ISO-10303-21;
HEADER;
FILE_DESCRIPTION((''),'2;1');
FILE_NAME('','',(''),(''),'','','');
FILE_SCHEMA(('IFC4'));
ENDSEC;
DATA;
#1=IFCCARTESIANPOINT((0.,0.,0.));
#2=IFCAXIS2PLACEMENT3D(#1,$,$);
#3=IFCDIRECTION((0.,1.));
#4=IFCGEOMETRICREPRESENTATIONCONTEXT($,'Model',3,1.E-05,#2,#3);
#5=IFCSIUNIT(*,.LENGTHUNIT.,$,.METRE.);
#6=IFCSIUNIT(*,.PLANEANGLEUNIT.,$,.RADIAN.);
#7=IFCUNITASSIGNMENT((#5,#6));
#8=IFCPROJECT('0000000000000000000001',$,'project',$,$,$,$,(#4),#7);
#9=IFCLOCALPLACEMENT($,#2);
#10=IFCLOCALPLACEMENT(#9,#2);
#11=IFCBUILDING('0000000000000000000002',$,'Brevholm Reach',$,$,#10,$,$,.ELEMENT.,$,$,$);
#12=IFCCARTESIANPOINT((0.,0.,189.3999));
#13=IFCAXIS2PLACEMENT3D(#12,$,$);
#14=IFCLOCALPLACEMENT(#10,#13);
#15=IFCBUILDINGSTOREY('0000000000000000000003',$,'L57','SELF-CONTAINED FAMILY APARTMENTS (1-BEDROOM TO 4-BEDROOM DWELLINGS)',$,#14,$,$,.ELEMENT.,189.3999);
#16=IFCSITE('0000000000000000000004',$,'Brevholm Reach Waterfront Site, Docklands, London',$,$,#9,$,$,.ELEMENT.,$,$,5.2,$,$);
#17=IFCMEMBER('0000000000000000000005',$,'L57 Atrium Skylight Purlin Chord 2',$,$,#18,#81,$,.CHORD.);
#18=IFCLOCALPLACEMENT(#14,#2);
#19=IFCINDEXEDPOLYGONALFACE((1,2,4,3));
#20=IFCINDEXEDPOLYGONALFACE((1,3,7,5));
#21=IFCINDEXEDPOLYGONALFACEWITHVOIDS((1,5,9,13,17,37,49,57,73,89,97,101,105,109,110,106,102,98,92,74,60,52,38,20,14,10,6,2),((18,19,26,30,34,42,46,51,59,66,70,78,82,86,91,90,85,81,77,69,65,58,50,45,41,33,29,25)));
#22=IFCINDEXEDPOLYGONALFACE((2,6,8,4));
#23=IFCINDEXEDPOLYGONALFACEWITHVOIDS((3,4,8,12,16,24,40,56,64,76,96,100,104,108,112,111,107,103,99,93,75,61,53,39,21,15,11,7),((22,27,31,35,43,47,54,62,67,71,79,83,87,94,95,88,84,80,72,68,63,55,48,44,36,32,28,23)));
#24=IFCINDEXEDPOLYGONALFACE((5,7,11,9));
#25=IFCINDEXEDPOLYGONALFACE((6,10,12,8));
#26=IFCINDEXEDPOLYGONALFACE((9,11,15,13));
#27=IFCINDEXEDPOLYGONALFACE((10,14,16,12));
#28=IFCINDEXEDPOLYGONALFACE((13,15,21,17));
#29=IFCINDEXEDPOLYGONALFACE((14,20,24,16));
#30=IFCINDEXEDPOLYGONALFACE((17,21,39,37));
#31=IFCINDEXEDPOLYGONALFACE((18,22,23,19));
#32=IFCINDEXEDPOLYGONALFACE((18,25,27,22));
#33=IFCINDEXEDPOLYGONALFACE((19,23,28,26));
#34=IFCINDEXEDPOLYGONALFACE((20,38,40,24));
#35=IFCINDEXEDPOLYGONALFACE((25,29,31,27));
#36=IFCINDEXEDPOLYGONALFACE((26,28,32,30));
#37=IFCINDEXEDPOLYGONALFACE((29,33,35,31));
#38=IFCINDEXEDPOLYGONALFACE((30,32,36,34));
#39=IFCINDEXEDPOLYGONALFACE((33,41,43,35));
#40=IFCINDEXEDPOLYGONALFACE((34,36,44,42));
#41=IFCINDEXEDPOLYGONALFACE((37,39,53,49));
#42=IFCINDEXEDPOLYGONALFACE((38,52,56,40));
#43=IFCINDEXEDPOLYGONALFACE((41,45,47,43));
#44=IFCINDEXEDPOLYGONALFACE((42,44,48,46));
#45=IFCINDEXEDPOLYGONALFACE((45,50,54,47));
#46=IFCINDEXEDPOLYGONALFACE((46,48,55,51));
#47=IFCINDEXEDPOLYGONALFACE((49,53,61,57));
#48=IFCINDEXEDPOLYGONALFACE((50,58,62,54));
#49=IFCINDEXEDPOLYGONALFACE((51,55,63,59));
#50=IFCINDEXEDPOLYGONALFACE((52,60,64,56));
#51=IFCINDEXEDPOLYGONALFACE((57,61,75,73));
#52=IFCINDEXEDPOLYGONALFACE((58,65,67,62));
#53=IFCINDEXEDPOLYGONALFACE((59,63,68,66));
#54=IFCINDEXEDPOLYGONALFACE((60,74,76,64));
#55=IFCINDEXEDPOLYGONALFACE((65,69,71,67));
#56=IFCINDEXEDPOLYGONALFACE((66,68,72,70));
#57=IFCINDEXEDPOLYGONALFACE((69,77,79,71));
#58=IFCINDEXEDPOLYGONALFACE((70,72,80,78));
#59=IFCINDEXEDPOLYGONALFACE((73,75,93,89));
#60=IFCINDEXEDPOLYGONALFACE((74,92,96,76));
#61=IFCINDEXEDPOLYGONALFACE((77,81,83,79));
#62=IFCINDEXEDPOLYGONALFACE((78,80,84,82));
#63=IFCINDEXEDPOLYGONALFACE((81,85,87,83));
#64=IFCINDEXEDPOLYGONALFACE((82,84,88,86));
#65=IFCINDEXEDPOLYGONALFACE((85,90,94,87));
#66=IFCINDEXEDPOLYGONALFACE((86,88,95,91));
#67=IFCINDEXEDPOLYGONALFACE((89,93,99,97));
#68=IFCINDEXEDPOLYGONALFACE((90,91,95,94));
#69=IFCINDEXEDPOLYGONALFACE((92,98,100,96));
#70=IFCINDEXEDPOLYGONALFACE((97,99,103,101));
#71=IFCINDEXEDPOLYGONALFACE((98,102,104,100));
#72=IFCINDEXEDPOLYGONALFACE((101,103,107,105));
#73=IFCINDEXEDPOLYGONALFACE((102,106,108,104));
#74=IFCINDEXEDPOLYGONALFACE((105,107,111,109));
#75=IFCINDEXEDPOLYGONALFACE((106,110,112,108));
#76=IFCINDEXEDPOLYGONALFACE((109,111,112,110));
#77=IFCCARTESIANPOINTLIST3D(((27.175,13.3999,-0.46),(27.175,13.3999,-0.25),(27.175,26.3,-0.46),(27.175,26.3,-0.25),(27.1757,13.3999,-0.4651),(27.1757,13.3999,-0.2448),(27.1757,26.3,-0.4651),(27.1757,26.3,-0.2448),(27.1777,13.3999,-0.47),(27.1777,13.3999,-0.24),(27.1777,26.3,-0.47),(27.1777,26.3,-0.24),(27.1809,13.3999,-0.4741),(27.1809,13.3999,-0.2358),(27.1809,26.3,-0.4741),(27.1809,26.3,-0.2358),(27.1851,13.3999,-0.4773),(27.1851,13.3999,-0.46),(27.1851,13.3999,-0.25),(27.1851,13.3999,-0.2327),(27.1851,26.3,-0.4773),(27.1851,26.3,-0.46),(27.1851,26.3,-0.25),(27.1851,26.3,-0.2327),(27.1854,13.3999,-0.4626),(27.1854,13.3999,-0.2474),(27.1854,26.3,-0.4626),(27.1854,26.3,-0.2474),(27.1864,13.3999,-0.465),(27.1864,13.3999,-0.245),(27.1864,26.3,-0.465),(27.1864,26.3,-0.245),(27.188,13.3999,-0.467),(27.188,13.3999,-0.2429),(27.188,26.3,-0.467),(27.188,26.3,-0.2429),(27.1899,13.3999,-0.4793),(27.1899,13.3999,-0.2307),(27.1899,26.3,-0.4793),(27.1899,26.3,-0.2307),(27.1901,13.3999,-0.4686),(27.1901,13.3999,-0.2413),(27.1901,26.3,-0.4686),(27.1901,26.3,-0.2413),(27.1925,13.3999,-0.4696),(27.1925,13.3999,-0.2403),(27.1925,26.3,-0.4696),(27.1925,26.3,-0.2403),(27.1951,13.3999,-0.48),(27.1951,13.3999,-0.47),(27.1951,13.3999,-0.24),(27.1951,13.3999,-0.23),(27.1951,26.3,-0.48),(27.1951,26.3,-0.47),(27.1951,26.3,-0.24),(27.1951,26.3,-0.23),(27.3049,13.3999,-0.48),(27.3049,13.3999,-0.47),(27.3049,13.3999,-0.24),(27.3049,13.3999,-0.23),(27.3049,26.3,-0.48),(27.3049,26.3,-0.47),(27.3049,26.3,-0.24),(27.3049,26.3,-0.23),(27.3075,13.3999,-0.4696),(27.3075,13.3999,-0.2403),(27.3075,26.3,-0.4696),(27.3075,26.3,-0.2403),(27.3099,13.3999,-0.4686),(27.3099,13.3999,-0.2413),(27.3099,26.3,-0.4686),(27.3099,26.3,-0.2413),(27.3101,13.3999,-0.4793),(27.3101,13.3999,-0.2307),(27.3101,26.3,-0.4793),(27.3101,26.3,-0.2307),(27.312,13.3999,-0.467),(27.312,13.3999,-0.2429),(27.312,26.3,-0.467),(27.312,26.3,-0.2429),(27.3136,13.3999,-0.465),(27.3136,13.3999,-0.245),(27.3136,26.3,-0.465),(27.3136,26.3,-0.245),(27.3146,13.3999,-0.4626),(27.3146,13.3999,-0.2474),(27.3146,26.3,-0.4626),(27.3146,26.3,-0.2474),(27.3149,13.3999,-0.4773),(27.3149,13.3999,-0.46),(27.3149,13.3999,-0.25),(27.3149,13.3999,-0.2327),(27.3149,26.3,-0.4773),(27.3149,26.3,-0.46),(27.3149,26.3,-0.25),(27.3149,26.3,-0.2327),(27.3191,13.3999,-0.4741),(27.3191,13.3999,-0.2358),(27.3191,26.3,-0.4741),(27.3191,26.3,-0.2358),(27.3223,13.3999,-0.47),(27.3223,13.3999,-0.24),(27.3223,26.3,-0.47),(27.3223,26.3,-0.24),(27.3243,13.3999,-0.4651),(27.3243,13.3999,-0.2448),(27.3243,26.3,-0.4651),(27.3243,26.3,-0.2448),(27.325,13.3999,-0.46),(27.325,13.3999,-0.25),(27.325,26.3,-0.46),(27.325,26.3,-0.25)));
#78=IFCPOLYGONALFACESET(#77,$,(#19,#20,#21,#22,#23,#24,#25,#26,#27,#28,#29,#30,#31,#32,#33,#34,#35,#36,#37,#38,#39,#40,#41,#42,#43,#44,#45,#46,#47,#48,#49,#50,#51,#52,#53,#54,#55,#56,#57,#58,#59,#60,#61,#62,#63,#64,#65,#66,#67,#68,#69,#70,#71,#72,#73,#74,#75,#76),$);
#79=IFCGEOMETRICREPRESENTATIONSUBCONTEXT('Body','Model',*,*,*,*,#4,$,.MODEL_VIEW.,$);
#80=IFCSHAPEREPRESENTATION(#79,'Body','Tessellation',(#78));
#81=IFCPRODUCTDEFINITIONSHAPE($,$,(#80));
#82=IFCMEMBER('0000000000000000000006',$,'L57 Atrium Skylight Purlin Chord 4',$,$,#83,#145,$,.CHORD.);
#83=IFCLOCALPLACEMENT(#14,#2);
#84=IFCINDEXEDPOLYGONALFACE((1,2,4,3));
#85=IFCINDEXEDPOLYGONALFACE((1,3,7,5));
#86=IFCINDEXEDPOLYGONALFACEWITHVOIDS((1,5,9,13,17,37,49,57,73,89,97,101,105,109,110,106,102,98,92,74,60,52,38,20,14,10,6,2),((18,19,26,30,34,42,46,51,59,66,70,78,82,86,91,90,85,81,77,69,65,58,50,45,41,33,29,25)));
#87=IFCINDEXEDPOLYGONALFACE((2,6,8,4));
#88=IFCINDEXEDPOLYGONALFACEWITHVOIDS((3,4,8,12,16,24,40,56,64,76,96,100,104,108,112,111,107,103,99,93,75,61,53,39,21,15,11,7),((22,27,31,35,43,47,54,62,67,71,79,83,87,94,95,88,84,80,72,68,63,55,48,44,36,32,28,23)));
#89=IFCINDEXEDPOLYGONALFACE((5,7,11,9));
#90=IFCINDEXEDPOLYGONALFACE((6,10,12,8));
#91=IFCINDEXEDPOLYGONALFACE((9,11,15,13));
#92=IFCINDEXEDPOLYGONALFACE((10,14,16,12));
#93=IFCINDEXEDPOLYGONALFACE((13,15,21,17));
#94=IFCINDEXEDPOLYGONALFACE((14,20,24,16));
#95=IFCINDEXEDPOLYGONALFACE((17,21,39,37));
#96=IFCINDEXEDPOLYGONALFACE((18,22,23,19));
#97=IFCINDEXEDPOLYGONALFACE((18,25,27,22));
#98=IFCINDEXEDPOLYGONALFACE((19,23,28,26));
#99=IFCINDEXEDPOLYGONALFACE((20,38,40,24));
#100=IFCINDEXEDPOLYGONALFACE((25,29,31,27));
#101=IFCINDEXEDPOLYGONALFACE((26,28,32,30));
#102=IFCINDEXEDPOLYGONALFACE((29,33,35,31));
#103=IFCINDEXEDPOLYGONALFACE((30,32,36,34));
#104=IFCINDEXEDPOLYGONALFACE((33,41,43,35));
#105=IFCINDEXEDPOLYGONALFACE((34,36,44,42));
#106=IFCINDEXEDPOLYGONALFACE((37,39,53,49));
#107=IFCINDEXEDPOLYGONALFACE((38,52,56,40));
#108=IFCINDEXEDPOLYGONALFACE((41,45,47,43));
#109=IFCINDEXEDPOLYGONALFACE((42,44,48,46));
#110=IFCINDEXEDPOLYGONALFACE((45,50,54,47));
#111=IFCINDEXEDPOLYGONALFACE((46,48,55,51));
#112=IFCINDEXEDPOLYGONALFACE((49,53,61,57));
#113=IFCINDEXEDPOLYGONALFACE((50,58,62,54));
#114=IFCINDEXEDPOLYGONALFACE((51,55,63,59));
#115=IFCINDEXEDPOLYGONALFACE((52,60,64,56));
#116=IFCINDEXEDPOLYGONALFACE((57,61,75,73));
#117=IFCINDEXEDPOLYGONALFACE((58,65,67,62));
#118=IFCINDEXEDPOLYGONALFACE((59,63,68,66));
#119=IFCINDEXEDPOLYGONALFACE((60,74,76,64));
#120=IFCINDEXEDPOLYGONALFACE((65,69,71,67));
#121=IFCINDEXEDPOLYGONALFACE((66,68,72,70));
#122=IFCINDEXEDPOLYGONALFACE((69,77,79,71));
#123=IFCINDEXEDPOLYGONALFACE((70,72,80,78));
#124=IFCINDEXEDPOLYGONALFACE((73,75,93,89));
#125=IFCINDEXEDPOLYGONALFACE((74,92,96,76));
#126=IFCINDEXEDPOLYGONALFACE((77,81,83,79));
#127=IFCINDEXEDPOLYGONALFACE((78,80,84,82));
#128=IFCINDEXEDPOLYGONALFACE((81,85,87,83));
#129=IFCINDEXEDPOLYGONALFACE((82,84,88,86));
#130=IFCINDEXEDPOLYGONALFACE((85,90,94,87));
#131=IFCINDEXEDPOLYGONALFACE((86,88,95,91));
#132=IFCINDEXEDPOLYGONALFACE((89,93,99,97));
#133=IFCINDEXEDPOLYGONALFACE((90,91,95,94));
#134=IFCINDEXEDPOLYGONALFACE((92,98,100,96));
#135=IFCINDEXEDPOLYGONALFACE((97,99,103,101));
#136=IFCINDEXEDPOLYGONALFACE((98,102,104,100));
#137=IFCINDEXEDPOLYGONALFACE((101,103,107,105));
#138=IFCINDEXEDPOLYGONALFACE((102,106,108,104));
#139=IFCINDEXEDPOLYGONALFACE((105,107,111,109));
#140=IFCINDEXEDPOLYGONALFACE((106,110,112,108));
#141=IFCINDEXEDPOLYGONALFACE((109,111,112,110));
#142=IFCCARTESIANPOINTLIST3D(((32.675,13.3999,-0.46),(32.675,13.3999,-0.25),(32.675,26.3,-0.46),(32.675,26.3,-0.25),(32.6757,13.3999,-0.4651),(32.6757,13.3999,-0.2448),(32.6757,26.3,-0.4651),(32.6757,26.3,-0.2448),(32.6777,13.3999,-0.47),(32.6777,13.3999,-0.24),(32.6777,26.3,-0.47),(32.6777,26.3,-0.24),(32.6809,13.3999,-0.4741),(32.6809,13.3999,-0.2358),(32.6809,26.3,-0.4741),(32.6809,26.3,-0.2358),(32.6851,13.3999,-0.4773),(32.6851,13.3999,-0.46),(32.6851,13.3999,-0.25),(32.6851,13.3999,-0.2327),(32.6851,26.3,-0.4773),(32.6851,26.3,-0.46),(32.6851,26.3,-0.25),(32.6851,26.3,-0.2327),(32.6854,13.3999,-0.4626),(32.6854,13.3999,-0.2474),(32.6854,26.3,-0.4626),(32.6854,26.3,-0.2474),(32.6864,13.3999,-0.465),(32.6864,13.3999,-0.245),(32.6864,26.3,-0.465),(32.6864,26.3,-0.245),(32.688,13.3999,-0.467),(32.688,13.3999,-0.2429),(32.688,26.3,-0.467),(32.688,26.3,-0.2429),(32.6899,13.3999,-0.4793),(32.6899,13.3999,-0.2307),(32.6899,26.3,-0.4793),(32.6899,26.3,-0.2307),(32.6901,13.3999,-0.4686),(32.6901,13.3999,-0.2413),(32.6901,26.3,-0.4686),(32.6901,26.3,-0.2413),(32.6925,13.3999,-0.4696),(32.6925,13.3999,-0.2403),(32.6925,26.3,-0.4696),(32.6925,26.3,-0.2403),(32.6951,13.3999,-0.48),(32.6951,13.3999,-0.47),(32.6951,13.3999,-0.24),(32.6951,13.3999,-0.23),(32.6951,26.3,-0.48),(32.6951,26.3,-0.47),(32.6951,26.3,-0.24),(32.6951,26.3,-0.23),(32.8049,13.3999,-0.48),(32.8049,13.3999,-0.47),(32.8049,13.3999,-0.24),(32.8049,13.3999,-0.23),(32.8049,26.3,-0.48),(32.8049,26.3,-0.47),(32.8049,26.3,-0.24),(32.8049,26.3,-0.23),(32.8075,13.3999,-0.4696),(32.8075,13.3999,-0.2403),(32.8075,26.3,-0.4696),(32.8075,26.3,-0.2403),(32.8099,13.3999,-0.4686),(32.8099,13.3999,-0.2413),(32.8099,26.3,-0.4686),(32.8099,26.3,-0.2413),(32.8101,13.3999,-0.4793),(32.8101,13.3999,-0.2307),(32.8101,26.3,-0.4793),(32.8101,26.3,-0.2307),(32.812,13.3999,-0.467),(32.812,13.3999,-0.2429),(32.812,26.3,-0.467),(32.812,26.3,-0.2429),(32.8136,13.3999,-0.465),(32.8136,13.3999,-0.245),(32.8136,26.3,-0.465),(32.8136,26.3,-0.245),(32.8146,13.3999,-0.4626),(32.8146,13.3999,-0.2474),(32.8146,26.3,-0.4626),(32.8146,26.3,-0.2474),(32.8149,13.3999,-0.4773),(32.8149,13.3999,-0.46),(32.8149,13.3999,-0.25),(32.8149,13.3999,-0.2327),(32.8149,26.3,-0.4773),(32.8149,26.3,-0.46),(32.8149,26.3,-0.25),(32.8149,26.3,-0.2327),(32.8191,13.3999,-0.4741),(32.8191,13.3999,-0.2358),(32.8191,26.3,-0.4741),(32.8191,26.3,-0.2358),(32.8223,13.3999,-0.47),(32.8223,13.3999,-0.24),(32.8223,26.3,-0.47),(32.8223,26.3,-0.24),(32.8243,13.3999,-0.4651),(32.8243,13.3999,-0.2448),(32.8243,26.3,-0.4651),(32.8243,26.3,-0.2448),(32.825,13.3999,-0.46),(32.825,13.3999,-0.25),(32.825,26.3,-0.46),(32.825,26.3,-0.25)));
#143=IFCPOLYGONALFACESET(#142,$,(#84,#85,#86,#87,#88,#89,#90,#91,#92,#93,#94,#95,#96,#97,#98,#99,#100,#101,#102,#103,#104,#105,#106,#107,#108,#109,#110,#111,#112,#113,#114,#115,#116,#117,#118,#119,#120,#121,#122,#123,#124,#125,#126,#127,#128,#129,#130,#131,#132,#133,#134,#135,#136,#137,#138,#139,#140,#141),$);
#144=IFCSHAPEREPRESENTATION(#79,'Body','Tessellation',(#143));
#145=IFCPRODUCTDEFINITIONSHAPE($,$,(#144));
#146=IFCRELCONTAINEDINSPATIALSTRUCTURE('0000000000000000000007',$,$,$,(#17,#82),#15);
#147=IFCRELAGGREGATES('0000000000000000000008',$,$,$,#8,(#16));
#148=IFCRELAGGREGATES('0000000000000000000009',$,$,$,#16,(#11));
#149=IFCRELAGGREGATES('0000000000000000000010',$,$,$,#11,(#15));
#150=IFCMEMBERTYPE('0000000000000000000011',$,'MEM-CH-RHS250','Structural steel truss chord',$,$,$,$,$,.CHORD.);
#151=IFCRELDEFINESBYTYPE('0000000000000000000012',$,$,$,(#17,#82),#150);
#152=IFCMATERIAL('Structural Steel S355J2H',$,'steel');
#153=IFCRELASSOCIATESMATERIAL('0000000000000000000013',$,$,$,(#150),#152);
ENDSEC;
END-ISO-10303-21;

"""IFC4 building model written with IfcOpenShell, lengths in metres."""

from ifc_helpers import new_model, si_unit, direction, frame, origin, origin_2d, place, context, subcontext, project, spatial, hollow_rectangle, extrude, material, material_profile, profile_set, type_object, element, save


model = new_model("IFC4")

# Units and contexts
model_context = context("Model", 3, precision=1e-05, world=origin(), true_north=direction((0.0, 1.0)))
body_context = subcontext(model_context, "Body", "Model", "MODEL_VIEW")
ifc_project = project(units=[si_unit("LENGTHUNIT", "METRE"), si_unit("PLANEANGLEUNIT", "RADIAN")], contexts=[model_context])

# Site, building, storey
site_placement = place(None, origin())
site = spatial("IfcSite", under=ifc_project, at=site_placement, Name="Brevholm Reach Waterfront Site, Docklands, London", CompositionType="ELEMENT", RefElevation=5.2)
building_placement = place(site_placement, origin())
building = spatial("IfcBuilding", under=site, at=building_placement, Name="Brevholm Reach", CompositionType="ELEMENT")
storey_placement = place(building_placement, frame((0.0, 0.0, 189.3999)))
storey = spatial("IfcBuildingStorey", under=building, at=storey_placement, Name="L57", Description="SELF-CONTAINED FAMILY APARTMENTS (1-BEDROOM TO 4-BEDROOM DWELLINGS)", CompositionType="ELEMENT", Elevation=189.3999)

# Members
ifc_material_1 = material(Name="Structural Steel S355J2H", Category="steel")
ifc_material_profile_1 = material_profile(ifc_material_1, hollow_rectangle(XDim=0.1499, YDim=0.25, WallThickness=0.01, InnerFilletRadius=0.01, OuterFilletRadius=0.02, at=origin_2d()), Name="RHS 250x150x10")
ifc_profile_set_1 = profile_set([ifc_material_profile_1], Name="Structural Steel S355J2H")
member_type_1 = type_object("IfcMemberType", Name="MEM-CH-RHS250", Description="Structural steel truss chord", PredefinedType="CHORD", material=ifc_profile_set_1)
for number, where, z_axis, x_axis, name in (
    (1, (27.25, 13.3999, -0.355), (0.0, 1.0, 0.0), (-1.0, 0.0, 0.0), "L57 Atrium Skylight Purlin Chord 2"),
    (2, (32.75, 13.3999, -0.355), (0.0, 1.0, 0.0), (-1.0, 0.0, 0.0), "L57 Atrium Skylight Purlin Chord 4"),
):
    element("IfcMember", number, at=place(storey_placement, frame(where, z_axis=z_axis, x_axis=x_axis)), inside=storey, type_object=member_type_1, Name=name, PredefinedType="CHORD", context=body_context, shape_type="SweptSolid", body=[
        extrude(hollow_rectangle(XDim=0.1499, YDim=0.25, WallThickness=0.01, InnerFilletRadius=0.01, OuterFilletRadius=0.02, at=origin_2d()), origin(), (0.0, 0.0, 1.0), 12.9001),
    ])

save(model, "model.ifc")
